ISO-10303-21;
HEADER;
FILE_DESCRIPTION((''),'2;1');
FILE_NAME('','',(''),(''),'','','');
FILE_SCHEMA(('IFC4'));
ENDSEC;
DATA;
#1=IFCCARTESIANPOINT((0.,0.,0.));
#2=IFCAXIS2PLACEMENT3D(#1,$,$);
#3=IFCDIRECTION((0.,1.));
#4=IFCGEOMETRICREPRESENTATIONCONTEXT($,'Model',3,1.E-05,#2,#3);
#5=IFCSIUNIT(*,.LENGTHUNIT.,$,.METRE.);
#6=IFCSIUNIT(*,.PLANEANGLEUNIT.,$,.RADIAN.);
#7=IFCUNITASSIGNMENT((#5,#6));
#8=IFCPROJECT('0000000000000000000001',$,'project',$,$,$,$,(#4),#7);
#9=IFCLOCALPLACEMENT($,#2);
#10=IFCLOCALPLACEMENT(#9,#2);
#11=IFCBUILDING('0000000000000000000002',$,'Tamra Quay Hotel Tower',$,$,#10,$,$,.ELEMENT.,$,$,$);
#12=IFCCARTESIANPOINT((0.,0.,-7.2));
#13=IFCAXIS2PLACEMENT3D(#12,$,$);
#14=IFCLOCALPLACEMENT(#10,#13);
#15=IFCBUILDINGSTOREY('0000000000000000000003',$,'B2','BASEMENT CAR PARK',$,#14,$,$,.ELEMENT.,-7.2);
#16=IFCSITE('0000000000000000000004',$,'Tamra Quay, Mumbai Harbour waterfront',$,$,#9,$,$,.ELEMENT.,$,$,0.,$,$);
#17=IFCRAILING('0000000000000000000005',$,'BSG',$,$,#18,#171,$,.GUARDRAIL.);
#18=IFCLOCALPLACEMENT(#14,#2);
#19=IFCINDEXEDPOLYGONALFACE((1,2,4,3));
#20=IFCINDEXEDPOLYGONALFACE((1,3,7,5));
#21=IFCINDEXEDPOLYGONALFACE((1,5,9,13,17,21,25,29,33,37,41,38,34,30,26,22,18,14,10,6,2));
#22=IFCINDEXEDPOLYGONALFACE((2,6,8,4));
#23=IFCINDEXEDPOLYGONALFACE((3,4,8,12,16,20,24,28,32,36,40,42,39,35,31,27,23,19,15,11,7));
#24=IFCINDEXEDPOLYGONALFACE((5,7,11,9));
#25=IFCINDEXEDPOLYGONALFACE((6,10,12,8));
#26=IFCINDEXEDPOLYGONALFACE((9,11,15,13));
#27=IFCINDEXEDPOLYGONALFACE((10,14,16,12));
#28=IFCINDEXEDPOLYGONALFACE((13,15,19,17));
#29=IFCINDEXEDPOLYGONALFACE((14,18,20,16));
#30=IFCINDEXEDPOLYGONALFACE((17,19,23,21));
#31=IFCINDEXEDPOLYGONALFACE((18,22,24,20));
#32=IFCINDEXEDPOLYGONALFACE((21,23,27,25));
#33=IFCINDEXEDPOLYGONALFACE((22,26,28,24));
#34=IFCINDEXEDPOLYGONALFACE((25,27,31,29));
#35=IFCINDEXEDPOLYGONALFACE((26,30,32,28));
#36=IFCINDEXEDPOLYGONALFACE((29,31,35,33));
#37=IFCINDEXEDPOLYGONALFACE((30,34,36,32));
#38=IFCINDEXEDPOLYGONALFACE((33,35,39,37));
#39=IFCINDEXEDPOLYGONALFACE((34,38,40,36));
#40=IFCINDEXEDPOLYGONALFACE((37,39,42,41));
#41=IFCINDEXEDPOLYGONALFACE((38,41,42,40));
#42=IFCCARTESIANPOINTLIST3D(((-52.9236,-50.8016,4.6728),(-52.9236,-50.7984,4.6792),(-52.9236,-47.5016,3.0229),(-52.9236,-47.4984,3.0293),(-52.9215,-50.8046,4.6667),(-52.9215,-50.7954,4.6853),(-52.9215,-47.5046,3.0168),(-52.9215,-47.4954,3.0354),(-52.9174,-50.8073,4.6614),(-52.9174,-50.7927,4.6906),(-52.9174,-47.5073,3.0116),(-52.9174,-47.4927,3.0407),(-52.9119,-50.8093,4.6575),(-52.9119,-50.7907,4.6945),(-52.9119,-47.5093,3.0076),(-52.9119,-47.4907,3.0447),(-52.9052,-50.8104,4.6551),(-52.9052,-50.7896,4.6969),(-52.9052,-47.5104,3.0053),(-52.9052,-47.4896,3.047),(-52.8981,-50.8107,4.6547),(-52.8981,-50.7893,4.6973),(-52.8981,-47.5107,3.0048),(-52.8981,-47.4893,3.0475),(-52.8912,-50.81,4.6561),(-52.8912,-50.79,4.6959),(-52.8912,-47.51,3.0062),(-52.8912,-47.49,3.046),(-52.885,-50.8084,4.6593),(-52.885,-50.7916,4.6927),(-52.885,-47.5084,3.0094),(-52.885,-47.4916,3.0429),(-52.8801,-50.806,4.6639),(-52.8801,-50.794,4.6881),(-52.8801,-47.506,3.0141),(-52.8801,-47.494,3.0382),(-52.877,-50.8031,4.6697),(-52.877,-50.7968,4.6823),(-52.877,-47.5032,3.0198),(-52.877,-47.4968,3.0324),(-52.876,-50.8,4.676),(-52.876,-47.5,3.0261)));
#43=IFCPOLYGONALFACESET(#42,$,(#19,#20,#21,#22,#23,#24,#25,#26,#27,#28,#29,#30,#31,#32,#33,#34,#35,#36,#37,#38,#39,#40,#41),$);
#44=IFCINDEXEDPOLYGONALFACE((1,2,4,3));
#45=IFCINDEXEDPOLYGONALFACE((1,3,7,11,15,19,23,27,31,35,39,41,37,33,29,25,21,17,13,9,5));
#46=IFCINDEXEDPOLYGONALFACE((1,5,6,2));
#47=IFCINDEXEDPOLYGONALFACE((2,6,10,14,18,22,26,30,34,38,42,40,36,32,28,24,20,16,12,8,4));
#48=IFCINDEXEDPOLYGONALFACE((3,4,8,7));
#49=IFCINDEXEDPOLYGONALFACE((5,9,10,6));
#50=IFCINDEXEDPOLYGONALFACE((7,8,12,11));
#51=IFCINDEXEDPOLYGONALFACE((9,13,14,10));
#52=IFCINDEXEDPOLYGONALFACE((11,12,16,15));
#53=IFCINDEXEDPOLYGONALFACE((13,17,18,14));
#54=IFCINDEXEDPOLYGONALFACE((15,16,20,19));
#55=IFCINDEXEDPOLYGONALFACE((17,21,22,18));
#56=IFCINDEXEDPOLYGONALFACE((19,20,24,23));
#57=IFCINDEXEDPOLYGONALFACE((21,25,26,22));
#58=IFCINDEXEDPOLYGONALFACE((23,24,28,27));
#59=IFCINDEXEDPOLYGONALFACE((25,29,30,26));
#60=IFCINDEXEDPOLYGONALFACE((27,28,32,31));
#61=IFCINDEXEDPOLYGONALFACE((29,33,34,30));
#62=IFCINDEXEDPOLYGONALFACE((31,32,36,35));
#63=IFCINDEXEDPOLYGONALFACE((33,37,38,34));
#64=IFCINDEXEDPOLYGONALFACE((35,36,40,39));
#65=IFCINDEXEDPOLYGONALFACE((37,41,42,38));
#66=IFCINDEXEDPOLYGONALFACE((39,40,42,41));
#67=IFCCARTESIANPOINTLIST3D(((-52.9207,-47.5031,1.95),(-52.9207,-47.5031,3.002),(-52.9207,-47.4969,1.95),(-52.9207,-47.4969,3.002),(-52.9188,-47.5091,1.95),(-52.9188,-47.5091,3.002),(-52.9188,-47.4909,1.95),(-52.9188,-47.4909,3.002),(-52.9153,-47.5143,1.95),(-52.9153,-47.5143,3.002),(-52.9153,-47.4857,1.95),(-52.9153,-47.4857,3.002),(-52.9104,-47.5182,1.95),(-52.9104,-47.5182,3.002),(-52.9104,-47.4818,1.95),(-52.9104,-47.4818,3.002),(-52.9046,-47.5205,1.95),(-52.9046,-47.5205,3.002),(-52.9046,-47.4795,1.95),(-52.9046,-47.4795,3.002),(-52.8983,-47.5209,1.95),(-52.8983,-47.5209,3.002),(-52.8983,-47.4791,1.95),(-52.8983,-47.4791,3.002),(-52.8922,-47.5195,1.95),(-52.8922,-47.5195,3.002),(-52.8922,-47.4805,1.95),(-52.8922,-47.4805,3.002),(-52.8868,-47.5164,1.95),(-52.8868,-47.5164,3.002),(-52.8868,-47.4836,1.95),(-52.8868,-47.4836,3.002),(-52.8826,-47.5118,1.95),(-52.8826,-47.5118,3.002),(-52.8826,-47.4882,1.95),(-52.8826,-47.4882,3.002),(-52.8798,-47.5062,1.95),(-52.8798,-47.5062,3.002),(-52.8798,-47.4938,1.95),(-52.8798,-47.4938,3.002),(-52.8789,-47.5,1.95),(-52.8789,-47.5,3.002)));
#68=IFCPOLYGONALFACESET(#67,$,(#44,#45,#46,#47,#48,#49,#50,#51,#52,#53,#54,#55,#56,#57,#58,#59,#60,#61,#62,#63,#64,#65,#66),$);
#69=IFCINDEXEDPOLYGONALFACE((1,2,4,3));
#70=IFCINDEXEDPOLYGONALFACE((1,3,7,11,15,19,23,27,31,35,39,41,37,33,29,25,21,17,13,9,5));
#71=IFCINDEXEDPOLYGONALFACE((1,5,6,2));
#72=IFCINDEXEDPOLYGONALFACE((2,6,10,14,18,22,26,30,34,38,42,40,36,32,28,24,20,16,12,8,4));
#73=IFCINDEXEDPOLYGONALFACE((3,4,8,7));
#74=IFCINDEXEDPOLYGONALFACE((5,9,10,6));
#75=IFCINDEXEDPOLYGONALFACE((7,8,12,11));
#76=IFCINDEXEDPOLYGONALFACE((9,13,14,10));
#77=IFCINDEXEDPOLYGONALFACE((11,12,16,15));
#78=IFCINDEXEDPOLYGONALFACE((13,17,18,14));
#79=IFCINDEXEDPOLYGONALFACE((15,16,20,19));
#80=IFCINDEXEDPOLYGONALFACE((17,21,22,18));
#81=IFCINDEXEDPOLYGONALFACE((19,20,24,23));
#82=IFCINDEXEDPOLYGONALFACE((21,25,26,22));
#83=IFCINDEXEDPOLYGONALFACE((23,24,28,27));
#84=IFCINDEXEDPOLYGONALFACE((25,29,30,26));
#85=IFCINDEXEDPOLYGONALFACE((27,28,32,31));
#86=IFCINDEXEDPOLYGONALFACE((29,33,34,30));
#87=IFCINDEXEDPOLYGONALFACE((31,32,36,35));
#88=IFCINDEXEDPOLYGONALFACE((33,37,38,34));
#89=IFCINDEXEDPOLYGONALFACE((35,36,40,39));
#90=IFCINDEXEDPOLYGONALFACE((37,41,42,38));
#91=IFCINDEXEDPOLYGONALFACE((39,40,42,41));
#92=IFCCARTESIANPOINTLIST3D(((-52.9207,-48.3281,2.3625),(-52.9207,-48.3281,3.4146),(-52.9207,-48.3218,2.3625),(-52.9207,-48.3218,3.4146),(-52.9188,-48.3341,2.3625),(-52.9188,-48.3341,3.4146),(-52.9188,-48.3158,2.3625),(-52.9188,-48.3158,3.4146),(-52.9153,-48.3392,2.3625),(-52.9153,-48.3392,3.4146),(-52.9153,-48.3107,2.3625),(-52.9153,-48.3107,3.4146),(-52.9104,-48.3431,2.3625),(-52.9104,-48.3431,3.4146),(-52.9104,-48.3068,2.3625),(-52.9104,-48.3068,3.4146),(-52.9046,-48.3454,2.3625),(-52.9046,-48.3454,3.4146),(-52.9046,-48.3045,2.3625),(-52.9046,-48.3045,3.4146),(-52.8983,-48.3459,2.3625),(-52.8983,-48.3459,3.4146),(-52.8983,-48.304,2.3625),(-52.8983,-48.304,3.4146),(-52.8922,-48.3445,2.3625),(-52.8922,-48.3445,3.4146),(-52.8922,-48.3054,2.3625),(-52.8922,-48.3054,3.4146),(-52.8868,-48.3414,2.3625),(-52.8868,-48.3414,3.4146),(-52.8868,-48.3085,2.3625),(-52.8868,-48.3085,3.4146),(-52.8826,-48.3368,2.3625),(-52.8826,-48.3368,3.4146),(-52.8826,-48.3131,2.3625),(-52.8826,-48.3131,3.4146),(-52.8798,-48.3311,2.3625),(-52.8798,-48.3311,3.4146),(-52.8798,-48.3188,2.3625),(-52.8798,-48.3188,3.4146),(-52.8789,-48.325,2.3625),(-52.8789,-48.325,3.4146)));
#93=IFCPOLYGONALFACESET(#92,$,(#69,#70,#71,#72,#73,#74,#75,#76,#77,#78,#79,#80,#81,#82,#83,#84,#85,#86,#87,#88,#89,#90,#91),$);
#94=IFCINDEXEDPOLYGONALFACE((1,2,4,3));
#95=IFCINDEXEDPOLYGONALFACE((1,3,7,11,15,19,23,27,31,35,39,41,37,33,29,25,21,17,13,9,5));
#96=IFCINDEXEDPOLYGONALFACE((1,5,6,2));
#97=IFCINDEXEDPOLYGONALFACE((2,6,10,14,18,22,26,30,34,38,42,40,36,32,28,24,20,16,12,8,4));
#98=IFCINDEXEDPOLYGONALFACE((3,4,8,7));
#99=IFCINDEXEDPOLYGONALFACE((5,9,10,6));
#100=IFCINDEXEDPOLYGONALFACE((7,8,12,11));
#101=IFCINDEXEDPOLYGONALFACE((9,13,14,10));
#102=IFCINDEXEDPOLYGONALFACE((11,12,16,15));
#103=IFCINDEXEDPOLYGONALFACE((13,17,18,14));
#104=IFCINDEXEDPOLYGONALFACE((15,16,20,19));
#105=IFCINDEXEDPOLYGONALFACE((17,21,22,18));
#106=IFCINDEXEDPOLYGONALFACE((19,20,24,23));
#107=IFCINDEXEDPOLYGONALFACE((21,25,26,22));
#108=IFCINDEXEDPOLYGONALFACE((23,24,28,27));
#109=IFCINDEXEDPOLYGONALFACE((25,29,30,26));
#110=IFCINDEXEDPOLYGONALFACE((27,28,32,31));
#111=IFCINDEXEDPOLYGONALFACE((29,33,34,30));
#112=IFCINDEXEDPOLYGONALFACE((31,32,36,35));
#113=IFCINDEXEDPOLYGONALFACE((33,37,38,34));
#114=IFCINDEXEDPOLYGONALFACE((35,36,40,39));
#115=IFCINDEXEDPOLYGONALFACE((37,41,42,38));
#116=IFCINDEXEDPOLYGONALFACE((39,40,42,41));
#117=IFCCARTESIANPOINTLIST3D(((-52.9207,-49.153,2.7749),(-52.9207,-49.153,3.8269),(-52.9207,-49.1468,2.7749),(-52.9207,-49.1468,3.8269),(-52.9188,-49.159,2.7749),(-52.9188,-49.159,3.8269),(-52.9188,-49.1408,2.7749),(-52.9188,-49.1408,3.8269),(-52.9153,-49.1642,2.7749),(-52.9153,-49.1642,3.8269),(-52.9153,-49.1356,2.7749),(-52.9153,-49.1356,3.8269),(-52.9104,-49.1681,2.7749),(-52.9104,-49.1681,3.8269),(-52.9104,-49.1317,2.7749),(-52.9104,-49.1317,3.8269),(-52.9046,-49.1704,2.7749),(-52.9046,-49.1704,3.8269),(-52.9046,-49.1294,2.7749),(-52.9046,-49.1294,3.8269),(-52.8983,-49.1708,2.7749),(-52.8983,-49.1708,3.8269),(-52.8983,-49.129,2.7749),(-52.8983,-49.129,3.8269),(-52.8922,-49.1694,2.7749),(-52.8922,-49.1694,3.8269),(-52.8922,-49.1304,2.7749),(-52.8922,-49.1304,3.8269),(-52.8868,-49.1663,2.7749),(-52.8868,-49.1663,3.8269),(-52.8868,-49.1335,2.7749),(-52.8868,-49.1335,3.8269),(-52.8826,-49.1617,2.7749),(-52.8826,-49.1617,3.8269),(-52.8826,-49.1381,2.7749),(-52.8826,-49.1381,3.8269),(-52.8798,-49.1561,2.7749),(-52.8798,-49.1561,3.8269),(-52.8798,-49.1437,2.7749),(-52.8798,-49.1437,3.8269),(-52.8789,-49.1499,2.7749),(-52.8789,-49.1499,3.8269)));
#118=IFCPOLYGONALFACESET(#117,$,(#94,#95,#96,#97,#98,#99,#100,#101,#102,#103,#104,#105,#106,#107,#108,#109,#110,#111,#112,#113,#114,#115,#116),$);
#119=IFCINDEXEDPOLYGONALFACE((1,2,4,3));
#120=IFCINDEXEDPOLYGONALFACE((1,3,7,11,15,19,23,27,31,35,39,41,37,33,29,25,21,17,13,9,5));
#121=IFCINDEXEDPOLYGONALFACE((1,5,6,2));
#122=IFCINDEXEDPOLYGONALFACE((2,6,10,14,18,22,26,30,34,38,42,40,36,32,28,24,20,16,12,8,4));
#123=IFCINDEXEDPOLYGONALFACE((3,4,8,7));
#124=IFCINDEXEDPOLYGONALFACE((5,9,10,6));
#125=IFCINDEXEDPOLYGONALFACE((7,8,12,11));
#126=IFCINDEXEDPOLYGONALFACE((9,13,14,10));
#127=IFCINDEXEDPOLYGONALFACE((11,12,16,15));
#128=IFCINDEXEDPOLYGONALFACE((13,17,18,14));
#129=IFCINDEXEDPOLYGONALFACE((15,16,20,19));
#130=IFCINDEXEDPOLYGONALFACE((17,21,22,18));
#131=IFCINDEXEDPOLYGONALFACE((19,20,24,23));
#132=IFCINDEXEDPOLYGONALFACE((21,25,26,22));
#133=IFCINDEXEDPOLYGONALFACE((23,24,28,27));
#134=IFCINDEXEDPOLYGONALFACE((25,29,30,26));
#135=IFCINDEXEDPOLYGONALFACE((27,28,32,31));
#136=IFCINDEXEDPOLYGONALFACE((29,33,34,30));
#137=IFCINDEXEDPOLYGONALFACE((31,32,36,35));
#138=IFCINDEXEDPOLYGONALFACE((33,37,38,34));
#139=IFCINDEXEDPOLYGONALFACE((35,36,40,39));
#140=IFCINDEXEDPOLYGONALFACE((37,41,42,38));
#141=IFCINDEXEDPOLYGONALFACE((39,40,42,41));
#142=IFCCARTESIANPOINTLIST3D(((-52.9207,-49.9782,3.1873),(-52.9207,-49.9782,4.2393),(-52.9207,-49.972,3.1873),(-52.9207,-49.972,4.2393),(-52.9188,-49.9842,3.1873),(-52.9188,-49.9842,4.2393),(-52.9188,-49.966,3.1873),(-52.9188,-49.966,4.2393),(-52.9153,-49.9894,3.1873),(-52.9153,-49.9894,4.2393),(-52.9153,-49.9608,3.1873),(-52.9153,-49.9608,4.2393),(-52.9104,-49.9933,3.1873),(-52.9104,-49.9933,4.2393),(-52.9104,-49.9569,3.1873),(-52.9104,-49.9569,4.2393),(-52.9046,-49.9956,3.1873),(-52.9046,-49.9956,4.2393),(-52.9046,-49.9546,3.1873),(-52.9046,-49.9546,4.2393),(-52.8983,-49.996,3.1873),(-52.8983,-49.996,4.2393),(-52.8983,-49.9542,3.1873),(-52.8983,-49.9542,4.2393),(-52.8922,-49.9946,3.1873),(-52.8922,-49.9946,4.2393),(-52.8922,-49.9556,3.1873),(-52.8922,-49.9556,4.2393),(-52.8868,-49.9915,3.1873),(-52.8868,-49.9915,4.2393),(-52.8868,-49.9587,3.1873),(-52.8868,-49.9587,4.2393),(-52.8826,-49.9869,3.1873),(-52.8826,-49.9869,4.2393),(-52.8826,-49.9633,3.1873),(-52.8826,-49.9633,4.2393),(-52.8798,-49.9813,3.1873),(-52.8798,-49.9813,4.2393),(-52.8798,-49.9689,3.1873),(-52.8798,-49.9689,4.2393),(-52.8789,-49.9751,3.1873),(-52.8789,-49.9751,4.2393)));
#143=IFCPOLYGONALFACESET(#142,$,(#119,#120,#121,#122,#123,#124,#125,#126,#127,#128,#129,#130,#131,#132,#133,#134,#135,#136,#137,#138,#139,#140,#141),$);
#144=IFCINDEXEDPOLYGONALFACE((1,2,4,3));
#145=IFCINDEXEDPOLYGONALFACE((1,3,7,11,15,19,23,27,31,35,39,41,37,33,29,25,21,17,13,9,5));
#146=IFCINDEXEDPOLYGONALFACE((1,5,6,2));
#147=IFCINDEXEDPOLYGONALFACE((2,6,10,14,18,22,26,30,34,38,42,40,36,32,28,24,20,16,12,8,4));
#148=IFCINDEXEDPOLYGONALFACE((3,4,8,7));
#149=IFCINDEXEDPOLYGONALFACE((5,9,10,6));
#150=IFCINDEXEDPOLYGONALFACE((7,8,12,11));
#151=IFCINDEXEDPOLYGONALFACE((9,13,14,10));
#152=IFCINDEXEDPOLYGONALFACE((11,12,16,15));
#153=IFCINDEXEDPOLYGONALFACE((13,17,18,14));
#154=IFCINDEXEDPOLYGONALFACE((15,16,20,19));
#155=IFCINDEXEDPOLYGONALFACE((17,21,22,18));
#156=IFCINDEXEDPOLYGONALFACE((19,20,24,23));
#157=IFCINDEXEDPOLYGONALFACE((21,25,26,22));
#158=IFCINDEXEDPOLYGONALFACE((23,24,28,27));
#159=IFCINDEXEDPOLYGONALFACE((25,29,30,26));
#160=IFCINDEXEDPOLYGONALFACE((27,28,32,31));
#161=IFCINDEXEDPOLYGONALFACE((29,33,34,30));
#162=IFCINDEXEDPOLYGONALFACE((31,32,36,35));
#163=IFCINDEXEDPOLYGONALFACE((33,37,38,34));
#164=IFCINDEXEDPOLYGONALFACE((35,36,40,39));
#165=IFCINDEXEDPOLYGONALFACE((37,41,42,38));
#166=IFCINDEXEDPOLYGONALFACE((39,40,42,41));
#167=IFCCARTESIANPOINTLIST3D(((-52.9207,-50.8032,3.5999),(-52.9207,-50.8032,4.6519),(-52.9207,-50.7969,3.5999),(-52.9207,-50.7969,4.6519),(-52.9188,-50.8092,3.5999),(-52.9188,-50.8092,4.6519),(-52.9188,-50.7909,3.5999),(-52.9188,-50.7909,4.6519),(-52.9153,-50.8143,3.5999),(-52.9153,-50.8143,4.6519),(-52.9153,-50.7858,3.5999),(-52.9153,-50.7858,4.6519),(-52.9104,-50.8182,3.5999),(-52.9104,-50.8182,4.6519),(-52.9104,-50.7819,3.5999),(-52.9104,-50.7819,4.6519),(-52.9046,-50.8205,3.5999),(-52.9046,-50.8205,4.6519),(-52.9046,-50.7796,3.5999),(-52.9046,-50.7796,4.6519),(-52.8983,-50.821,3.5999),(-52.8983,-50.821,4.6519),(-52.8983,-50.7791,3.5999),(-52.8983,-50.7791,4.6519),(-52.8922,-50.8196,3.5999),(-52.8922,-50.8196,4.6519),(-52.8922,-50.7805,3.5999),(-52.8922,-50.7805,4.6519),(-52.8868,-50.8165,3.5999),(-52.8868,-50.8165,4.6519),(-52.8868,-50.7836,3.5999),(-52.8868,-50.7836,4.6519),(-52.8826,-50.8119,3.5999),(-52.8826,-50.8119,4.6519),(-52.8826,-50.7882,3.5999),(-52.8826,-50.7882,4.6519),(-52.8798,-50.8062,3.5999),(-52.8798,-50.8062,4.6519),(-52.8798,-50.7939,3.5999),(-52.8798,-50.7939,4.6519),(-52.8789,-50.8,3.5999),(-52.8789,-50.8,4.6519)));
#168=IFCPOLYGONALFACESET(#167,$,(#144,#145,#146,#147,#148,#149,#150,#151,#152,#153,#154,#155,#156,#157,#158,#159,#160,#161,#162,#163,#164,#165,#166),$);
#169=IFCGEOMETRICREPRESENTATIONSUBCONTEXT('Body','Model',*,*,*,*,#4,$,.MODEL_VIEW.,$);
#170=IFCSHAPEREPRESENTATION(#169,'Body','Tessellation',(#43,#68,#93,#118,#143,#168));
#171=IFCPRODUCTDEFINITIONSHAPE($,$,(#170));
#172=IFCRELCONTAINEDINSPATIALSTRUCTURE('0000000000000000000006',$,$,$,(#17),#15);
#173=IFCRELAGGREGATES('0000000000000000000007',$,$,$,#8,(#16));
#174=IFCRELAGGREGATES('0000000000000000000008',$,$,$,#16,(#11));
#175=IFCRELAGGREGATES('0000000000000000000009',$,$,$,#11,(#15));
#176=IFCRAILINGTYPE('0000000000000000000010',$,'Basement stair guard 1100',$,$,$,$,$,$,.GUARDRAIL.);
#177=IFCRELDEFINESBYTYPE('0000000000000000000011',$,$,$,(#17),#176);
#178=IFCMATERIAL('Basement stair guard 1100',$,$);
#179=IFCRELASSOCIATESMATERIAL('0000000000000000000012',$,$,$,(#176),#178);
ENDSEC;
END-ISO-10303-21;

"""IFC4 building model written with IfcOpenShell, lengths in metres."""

from ifc_helpers import new_model, si_unit, direction, frame, origin, origin_2d, place, context, subcontext, project, spatial, circle, extrude, material, type_object, element, save


model = new_model("IFC4")

# Units and contexts
model_context = context("Model", 3, precision=1e-05, world=origin(), true_north=direction((0.0, 1.0)))
body_context = subcontext(model_context, "Body", "Model", "MODEL_VIEW")
ifc_project = project(units=[si_unit("LENGTHUNIT", "METRE"), si_unit("PLANEANGLEUNIT", "RADIAN")], contexts=[model_context])

# Site, building, storey
site_placement = place(None, origin())
site = spatial("IfcSite", under=ifc_project, at=site_placement, Name="Tamra Quay, Mumbai Harbour waterfront", CompositionType="ELEMENT", RefElevation=0.0)
building_placement = place(site_placement, origin())
building = spatial("IfcBuilding", under=site, at=building_placement, Name="Tamra Quay Hotel Tower", CompositionType="ELEMENT")
storey_placement = place(building_placement, frame((0.0, 0.0, -7.2)))
storey = spatial("IfcBuildingStorey", under=building, at=storey_placement, Name="B2", Description="BASEMENT CAR PARK", CompositionType="ELEMENT", Elevation=-7.2)

# Railing
ifc_material_1 = material(Name="Basement stair guard 1100")
railing_type_1 = type_object("IfcRailingType", Name="Basement stair guard 1100", PredefinedType="GUARDRAIL", material=ifc_material_1)
railing_1_placement = place(storey_placement, frame((-52.8999, -47.5, 1.95)))
element("IfcRailing", 1, at=railing_1_placement, inside=storey, type_object=railing_type_1, Name="BSG", PredefinedType="GUARDRAIL", context=body_context, shape_type="SweptSolid", body=[
    extrude(circle(Radius=0.0239, at=origin_2d()), frame((0.0, 0.0, 1.0762), z_axis=(0.0, -0.89444, 0.447187), x_axis=(1.0, 0.0, 0.0)), (0.0, 0.0, 1.0), 3.6895),
    extrude(circle(Radius=0.021, at=origin_2d()), origin(), (0.0, 0.0, 1.0), 1.052),
    extrude(circle(Radius=0.021, at=origin_2d()), frame((0.0, -0.825, 0.4126)), (0.0, 0.0, 1.0), 1.052),
    extrude(circle(Radius=0.021, at=origin_2d()), frame((0.0, -1.6499, 0.825)), (0.0, 0.0, 1.0), 1.052),
    extrude(circle(Radius=0.021, at=origin_2d()), frame((0.0, -2.4751, 1.2373)), (0.0, 0.0, 1.0), 1.052),
    extrude(circle(Radius=0.021, at=origin_2d()), frame((0.0, -3.3, 1.6499)), (0.0, 0.0, 1.0), 1.052),
])

save(model, "model.ifc")
